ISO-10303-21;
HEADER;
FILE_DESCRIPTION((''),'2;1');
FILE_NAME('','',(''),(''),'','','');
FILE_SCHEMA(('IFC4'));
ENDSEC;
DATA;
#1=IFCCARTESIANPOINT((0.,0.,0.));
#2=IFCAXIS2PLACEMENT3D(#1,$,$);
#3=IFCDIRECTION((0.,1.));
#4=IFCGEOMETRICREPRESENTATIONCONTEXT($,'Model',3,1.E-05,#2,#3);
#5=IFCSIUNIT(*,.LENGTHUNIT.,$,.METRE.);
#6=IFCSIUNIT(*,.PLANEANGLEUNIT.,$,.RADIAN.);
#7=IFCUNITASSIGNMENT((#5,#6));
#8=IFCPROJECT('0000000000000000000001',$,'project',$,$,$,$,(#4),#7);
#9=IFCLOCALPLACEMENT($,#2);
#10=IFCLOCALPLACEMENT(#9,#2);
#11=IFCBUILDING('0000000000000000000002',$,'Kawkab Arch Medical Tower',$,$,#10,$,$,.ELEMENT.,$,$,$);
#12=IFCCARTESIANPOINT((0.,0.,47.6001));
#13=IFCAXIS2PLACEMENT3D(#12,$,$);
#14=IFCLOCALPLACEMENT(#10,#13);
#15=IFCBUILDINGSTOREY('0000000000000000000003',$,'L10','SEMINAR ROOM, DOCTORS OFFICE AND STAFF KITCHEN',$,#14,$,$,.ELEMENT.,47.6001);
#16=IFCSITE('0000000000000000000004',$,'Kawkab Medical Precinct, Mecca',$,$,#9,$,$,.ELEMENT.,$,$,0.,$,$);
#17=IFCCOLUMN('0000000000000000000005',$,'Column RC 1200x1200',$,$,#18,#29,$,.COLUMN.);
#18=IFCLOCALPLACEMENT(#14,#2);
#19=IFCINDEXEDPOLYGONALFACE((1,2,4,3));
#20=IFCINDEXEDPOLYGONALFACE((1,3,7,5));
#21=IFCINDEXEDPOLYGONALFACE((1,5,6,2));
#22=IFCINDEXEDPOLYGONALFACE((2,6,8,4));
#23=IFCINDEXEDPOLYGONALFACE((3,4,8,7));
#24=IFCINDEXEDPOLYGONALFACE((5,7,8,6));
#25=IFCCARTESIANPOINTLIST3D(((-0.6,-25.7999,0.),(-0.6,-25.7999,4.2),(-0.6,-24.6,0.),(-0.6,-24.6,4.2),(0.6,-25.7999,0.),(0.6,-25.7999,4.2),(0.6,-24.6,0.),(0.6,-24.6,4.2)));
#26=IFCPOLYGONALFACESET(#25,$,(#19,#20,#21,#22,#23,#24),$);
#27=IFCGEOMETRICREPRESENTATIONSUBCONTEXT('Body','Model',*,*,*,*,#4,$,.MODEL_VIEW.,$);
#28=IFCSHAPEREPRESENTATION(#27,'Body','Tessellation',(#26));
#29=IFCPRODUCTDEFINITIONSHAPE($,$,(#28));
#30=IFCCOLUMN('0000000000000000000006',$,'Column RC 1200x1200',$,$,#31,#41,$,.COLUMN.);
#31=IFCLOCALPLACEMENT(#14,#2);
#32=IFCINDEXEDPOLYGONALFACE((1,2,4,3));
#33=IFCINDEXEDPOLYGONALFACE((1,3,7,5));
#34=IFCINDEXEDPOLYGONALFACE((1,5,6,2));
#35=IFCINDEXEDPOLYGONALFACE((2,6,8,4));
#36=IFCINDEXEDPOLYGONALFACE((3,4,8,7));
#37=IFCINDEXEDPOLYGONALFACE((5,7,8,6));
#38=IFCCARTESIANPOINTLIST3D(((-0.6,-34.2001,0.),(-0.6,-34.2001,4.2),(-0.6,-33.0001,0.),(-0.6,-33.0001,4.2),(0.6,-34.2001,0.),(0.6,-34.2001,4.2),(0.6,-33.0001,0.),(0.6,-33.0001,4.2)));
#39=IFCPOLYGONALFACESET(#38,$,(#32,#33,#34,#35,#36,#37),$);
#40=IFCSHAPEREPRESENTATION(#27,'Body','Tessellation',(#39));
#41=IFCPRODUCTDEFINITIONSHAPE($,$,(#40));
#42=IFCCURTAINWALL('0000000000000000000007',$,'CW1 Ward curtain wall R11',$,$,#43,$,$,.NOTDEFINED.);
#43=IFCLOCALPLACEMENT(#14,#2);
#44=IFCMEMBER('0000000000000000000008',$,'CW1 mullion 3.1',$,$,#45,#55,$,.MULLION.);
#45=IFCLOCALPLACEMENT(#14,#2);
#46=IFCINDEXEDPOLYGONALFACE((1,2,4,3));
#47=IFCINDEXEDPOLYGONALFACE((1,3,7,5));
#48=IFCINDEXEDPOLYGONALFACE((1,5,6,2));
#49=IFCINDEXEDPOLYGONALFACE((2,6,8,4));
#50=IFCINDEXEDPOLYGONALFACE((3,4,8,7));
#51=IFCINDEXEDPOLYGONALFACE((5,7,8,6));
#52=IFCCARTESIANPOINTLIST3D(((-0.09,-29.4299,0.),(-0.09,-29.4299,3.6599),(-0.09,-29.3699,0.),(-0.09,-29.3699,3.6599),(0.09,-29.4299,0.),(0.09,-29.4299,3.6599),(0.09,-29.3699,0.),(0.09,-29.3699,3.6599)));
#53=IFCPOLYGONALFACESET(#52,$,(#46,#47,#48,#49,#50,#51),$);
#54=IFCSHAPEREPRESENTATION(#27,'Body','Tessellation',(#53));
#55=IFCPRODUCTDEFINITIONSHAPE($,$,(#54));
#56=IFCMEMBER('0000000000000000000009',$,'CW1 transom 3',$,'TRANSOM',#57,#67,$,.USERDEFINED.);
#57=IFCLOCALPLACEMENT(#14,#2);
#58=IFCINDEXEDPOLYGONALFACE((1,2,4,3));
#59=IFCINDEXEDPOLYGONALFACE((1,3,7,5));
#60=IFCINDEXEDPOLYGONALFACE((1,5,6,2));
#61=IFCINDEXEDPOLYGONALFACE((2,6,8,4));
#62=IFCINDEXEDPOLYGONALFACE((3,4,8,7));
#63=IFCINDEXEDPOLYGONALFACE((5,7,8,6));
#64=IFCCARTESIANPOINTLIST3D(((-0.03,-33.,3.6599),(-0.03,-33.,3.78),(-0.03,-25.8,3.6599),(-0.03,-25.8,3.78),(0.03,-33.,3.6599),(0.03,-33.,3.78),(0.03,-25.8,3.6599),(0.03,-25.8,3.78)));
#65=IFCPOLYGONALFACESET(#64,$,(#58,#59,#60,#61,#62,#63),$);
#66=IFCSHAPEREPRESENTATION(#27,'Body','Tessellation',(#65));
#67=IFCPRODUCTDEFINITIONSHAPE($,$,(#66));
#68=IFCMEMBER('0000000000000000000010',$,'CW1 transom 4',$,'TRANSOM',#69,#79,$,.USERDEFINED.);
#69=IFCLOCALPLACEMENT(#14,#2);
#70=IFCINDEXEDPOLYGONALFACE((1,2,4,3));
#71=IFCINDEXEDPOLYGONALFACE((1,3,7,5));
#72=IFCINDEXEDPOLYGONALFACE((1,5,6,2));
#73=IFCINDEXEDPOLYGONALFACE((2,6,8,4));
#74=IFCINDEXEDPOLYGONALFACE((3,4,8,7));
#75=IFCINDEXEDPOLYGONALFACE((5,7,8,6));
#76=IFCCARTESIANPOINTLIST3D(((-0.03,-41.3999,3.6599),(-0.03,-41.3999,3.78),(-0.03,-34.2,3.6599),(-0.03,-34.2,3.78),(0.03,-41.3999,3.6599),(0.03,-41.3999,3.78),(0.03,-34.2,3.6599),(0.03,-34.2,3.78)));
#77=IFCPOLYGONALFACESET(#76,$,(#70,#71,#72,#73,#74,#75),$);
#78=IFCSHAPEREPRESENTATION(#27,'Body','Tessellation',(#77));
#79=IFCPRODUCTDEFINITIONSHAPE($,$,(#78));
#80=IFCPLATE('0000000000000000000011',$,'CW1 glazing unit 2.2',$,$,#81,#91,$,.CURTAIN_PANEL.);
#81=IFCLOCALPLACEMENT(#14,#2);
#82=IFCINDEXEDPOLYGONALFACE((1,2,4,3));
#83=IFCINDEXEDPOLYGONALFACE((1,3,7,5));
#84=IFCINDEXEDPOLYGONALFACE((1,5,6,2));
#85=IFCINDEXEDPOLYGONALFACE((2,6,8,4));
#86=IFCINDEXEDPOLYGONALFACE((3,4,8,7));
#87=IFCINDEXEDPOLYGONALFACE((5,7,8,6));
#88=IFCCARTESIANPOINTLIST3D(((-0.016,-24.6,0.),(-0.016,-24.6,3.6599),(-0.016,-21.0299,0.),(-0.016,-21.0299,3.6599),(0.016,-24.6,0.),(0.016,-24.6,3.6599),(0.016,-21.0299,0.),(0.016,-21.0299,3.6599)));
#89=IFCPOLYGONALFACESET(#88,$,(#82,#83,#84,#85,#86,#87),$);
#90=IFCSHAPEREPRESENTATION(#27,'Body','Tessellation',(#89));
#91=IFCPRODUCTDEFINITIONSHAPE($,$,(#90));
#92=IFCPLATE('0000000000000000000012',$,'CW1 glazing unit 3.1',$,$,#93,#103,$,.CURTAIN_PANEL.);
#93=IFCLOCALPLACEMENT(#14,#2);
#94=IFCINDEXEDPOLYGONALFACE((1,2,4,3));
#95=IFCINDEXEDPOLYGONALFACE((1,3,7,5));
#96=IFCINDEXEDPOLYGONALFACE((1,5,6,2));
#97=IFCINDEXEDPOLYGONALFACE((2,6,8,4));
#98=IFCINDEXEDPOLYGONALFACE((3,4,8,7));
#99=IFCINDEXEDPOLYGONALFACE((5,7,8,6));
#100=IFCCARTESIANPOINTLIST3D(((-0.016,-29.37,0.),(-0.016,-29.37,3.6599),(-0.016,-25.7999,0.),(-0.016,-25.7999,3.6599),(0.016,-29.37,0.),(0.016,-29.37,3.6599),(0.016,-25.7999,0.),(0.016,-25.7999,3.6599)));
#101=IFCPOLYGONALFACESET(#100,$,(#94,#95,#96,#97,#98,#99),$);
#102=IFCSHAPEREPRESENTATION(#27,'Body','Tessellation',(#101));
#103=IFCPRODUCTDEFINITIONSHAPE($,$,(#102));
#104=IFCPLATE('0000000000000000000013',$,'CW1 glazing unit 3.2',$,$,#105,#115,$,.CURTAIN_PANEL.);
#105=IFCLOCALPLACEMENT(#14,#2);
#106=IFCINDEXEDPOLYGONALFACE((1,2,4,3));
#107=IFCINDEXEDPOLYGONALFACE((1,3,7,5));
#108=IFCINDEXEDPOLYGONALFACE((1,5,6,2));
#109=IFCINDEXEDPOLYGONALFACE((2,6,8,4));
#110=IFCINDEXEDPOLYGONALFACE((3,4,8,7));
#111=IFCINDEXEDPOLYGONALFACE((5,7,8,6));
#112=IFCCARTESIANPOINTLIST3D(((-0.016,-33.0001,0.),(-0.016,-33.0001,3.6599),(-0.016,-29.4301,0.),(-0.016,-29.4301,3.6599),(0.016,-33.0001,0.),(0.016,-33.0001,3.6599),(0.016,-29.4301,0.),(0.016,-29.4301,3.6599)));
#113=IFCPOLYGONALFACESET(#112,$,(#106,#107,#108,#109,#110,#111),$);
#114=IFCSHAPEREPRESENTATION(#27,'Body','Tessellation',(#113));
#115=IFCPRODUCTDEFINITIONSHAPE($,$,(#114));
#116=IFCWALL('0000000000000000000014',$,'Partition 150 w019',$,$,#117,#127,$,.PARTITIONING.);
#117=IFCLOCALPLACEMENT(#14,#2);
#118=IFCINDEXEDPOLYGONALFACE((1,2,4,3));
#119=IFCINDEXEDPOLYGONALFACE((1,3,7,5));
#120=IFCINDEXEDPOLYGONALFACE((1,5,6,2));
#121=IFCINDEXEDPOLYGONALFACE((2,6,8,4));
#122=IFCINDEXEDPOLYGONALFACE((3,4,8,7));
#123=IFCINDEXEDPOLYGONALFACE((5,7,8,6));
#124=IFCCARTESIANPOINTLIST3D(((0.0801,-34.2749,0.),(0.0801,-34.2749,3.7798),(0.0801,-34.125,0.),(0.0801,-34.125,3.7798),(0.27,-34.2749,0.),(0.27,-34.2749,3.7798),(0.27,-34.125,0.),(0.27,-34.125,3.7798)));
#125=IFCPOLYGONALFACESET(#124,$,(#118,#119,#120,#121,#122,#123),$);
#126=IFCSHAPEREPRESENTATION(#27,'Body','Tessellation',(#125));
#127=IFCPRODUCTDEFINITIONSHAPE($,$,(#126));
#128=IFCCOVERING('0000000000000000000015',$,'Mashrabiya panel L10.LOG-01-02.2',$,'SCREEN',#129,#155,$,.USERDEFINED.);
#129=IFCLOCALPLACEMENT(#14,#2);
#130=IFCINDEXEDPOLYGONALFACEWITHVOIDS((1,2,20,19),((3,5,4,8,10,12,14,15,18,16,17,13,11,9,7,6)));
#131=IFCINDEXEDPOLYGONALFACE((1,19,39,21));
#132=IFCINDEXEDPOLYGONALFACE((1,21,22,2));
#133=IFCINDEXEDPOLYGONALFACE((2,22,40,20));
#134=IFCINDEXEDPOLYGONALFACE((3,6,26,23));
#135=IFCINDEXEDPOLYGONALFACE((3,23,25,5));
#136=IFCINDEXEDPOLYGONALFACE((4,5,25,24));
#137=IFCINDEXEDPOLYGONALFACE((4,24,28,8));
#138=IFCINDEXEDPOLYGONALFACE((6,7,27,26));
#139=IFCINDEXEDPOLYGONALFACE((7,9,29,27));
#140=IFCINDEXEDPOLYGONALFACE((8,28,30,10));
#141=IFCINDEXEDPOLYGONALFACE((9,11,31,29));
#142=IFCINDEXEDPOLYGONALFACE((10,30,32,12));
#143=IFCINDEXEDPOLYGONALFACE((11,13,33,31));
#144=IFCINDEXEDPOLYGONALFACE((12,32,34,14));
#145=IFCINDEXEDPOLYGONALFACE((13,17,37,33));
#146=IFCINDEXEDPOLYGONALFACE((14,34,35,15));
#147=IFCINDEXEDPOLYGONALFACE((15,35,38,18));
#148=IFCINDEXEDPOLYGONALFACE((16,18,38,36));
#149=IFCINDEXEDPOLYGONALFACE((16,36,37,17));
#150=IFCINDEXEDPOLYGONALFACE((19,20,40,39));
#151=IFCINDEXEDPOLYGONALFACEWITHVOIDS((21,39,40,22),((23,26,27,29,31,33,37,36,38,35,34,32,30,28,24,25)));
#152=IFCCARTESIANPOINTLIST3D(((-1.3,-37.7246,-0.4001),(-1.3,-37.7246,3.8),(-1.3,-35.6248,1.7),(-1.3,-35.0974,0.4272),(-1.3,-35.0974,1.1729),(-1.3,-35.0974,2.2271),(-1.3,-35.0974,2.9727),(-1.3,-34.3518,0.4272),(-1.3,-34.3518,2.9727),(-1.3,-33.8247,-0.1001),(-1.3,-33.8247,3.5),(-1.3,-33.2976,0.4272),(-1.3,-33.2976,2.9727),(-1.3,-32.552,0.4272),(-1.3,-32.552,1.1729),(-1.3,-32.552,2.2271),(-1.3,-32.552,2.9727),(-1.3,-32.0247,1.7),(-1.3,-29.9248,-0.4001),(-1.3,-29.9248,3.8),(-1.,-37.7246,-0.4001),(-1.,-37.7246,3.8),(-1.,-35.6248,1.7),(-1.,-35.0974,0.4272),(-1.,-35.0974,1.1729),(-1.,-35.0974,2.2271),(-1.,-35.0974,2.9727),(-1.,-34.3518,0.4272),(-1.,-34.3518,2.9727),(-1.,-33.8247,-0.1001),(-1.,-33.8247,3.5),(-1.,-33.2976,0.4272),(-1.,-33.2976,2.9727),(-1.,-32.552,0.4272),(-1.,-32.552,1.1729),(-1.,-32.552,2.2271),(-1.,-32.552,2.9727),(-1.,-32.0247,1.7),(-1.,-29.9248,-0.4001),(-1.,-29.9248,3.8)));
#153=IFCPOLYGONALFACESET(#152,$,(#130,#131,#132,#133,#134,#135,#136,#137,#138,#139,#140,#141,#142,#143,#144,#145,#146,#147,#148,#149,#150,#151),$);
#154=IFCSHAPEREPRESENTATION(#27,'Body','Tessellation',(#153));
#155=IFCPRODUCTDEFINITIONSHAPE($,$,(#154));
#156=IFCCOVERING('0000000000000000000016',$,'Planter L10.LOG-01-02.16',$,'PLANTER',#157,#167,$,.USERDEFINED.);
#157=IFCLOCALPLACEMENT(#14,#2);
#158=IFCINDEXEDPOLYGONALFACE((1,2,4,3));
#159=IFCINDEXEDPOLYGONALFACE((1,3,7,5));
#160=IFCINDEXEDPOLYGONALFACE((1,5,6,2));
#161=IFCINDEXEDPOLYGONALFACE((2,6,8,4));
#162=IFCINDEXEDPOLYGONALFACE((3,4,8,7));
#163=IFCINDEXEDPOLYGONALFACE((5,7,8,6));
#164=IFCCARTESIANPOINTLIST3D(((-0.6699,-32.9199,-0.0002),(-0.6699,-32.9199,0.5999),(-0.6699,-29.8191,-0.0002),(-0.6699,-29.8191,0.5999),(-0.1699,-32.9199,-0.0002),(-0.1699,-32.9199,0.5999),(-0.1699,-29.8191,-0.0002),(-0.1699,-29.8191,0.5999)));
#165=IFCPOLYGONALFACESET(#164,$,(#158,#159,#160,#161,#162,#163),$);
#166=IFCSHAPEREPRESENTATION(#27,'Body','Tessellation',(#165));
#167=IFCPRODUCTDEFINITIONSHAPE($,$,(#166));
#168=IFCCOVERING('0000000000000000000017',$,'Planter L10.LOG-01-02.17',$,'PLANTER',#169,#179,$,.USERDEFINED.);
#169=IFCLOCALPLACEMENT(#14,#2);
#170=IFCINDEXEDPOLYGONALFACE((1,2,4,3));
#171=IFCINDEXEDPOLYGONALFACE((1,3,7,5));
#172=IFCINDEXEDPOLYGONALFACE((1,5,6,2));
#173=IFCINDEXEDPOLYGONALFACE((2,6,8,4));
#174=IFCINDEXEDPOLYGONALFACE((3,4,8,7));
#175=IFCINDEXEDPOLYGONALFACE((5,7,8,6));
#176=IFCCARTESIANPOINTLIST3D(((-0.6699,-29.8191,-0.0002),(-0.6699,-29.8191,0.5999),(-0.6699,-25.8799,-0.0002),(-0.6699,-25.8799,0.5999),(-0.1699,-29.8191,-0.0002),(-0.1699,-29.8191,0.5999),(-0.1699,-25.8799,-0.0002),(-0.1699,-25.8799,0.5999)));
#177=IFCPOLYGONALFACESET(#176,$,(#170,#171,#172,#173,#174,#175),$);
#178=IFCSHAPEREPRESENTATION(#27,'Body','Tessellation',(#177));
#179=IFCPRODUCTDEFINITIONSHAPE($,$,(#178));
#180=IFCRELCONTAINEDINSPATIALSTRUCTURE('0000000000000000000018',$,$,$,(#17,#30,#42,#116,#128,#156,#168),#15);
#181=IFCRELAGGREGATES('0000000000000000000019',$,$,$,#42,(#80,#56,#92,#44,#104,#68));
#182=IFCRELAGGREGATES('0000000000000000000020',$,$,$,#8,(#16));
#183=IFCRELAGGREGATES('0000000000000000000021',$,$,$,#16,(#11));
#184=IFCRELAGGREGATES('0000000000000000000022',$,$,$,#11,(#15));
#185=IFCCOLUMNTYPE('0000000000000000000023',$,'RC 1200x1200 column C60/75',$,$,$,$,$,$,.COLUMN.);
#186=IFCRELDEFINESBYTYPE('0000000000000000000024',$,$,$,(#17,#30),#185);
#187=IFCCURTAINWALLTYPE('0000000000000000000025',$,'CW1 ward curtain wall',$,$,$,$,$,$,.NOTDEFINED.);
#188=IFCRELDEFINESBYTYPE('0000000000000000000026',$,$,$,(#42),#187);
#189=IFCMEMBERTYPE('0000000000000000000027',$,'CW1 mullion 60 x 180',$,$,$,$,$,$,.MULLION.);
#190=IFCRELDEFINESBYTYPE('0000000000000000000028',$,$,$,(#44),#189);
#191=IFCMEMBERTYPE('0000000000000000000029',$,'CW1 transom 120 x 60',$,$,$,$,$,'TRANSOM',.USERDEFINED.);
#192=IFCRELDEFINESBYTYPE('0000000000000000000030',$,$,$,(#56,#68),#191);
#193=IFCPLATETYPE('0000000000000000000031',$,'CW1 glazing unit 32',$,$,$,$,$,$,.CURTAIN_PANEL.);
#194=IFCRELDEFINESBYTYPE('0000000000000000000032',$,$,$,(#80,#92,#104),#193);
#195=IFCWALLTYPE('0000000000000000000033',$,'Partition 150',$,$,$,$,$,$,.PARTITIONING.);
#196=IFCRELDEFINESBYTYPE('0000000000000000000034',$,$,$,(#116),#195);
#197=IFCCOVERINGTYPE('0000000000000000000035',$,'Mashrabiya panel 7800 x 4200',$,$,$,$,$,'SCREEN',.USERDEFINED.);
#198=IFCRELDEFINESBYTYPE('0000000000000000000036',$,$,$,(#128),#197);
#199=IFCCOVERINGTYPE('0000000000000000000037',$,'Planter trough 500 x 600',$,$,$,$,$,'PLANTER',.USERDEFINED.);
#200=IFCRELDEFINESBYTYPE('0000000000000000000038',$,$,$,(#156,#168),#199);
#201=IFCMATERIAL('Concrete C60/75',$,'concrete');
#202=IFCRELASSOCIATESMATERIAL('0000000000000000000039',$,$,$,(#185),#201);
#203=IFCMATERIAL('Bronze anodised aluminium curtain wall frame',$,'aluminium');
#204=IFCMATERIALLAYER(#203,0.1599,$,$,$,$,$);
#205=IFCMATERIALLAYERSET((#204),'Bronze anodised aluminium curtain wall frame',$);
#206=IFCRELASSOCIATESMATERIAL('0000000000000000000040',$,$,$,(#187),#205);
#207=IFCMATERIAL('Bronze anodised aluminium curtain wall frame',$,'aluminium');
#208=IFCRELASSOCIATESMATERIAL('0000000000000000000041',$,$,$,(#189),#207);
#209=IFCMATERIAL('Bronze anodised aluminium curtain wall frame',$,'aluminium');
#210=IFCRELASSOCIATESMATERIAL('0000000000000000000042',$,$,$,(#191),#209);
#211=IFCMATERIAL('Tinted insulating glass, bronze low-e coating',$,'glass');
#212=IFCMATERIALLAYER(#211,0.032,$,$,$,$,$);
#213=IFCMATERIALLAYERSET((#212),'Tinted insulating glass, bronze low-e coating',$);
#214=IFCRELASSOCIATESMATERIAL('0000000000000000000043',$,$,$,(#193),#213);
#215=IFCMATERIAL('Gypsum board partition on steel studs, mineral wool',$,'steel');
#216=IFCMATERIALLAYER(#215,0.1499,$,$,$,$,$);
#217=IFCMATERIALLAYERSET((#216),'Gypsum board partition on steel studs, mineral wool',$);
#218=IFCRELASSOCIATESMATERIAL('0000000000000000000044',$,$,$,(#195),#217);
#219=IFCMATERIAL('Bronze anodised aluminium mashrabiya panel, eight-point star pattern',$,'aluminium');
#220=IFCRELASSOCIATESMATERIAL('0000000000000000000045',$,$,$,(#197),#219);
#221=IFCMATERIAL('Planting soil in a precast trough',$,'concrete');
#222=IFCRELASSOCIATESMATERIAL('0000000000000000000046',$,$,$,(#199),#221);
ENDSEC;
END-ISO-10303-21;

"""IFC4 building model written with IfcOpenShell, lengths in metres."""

from ifc_helpers import new_model, si_unit, direction, frame, frame_2d, origin, origin_2d, place, context, subcontext, project, spatial, polyline, rectangle, outline, extrude, material, layer, layer_set, material_profile, profile_set, type_object, element, aggregate, save


model = new_model("IFC4")

# Units and contexts
model_context = context("Model", 3, precision=1e-05, world=origin(), true_north=direction((0.0, 1.0)))
body_context = subcontext(model_context, "Body", "Model", "MODEL_VIEW")
ifc_project = project(units=[si_unit("LENGTHUNIT", "METRE"), si_unit("PLANEANGLEUNIT", "RADIAN")], contexts=[model_context])

# Site, building, storey
site_placement = place(None, origin())
site = spatial("IfcSite", under=ifc_project, at=site_placement, Name="Kawkab Medical Precinct, Mecca", CompositionType="ELEMENT", RefElevation=0.0)
building_placement = place(site_placement, origin())
building = spatial("IfcBuilding", under=site, at=building_placement, Name="Kawkab Arch Medical Tower", CompositionType="ELEMENT")
storey_placement = place(building_placement, frame((0.0, 0.0, 47.6001)))
storey = spatial("IfcBuildingStorey", under=building, at=storey_placement, Name="L10", Description="SEMINAR ROOM, DOCTORS OFFICE AND STAFF KITCHEN", CompositionType="ELEMENT", Elevation=47.6001)

# Columns
ifc_material_1 = material(Name="Concrete C60/75", Category="concrete")
ifc_material_profile_1 = material_profile(ifc_material_1, rectangle(XDim=1.2, YDim=1.2, at=origin_2d()), Name="RC 1200x1200")
ifc_profile_set_1 = profile_set([ifc_material_profile_1], Name="Concrete C60/75")
column_type = type_object("IfcColumnType", Name="RC 1200x1200 column C60/75", PredefinedType="COLUMN", material=ifc_profile_set_1)
for number, where, z_axis, x_axis, name in (
    (1, (0.0, -25.2, 0.0), (0.0, 0.0, 1.0), (1.0, 0.0, 0.0), "Column RC 1200x1200"),
    (2, (0.0, -33.6001, 0.0), (0.0, 0.0, 1.0), (1.0, 0.0, 0.0), "Column RC 1200x1200"),
):
    element("IfcColumn", number, at=place(storey_placement, frame(where, z_axis=z_axis, x_axis=x_axis)), inside=storey, type_object=column_type, Name=name, PredefinedType="COLUMN", context=body_context, shape_type="SweptSolid", body=[
        extrude(rectangle(XDim=1.2, YDim=1.2, at=origin_2d()), origin(), (0.0, 0.0, 1.0), 4.2),
    ])

# Curtain wall, members, plates
ifc_material_2 = material(Name="Bronze anodised aluminium curtain wall frame", Category="aluminium")
ifc_layer_1 = layer(ifc_material_2, 0.1599)
ifc_layer_set_1 = layer_set([ifc_layer_1], Name="Bronze anodised aluminium curtain wall frame")
curtain_wall_type = type_object("IfcCurtainWallType", Name="CW1 ward curtain wall", PredefinedType="NOTDEFINED", material=ifc_layer_set_1)
curtain_wall_placement = place(storey_placement, origin())
curtain_wall = element("IfcCurtainWall", 3, at=curtain_wall_placement, inside=storey, type_object=curtain_wall_type, Name="CW1 Ward curtain wall R11", PredefinedType="NOTDEFINED")
ifc_material_3 = material(Name="Bronze anodised aluminium curtain wall frame", Category="aluminium")
ifc_material_profile_2 = material_profile(ifc_material_3, rectangle(XDim=0.1799, YDim=0.0601, at=origin_2d()), Name="AL 60x180")
ifc_profile_set_2 = profile_set([ifc_material_profile_2], Name="Bronze anodised aluminium curtain wall frame")
member_type_1 = type_object("IfcMemberType", Name="CW1 mullion 60 x 180", PredefinedType="MULLION", material=ifc_profile_set_2)
member_1_placement = place(storey_placement, frame((0.0, -29.3999, 0.0), z_axis=(0.0, 0.0, 1.0), x_axis=(1.0, 0.0, 0.0)))
member_1 = element("IfcMember", 4, at=member_1_placement, type_object=member_type_1, Name="CW1 mullion 3.1", PredefinedType="MULLION", context=body_context, shape_type="SweptSolid", body=[
    extrude(rectangle(XDim=0.1799, YDim=0.0601, at=origin_2d()), origin(), (0.0, 0.0, 1.0), 3.6599),
])
ifc_material_4 = material(Name="Bronze anodised aluminium curtain wall frame", Category="aluminium")
ifc_material_profile_3 = material_profile(ifc_material_4, rectangle(XDim=0.0601, YDim=0.1201, at=origin_2d()), Name="AL 60x120")
ifc_profile_set_3 = profile_set([ifc_material_profile_3], Name="Bronze anodised aluminium curtain wall frame")
member_type_2 = type_object("IfcMemberType", Name="CW1 transom 120 x 60", ElementType="TRANSOM", PredefinedType="USERDEFINED", material=ifc_profile_set_3)
member_2_placement = place(storey_placement, frame((0.0, -25.8, 3.72), z_axis=(0.0, -1.0, 0.0), x_axis=(1.0, 0.0, 0.0)))
member_2 = element("IfcMember", 5, at=member_2_placement, type_object=member_type_2, Name="CW1 transom 3", ObjectType="TRANSOM", PredefinedType="USERDEFINED", context=body_context, shape_type="SweptSolid", body=[
    extrude(rectangle(XDim=0.0601, YDim=0.1201, at=origin_2d()), origin(), (0.0, 0.0, 1.0), 7.2),
])
member_3_placement = place(storey_placement, frame((0.0, -34.2, 3.72), z_axis=(0.0, -1.0, 0.0), x_axis=(1.0, 0.0, 0.0)))
member_3 = element("IfcMember", 6, at=member_3_placement, type_object=member_type_2, Name="CW1 transom 4", ObjectType="TRANSOM", PredefinedType="USERDEFINED", context=body_context, shape_type="SweptSolid", body=[
    extrude(rectangle(XDim=0.0601, YDim=0.1201, at=origin_2d()), origin(), (0.0, 0.0, 1.0), 7.2),
])
ifc_material_5 = material(Name="Tinted insulating glass, bronze low-e coating", Category="glass")
ifc_layer_2 = layer(ifc_material_5, 0.032)
ifc_layer_set_2 = layer_set([ifc_layer_2], Name="Tinted insulating glass, bronze low-e coating")
plate_type = type_object("IfcPlateType", Name="CW1 glazing unit 32", PredefinedType="CURTAIN_PANEL", material=ifc_layer_set_2)
plate_1_placement = place(storey_placement, frame((0.0, -22.8149, 0.0), z_axis=(0.0, 0.0, 1.0), x_axis=(0.0, -1.0, 0.0)))
plate_1 = element("IfcPlate", 7, at=plate_1_placement, type_object=plate_type, Name="CW1 glazing unit 2.2", PredefinedType="CURTAIN_PANEL", context=body_context, shape_type="SweptSolid", body=[
    extrude(rectangle(XDim=3.5701, YDim=0.032, at=origin_2d()), origin(), (0.0, 0.0, 1.0), 3.6599),
])
plate_2_placement = place(storey_placement, frame((0.0, -27.585, 0.0), z_axis=(0.0, 0.0, 1.0), x_axis=(0.0, -1.0, 0.0)))
plate_2 = element("IfcPlate", 8, at=plate_2_placement, type_object=plate_type, Name="CW1 glazing unit 3.1", PredefinedType="CURTAIN_PANEL", context=body_context, shape_type="SweptSolid", body=[
    extrude(rectangle(XDim=3.5701, YDim=0.032, at=origin_2d()), origin(), (0.0, 0.0, 1.0), 3.6599),
])
plate_3_placement = place(storey_placement, frame((0.0, -31.2151, 0.0), z_axis=(0.0, 0.0, 1.0), x_axis=(0.0, -1.0, 0.0)))
plate_3 = element("IfcPlate", 9, at=plate_3_placement, type_object=plate_type, Name="CW1 glazing unit 3.2", PredefinedType="CURTAIN_PANEL", context=body_context, shape_type="SweptSolid", body=[
    extrude(rectangle(XDim=3.5701, YDim=0.032, at=origin_2d()), origin(), (0.0, 0.0, 1.0), 3.6599),
])
aggregate(curtain_wall, [plate_1, member_2, plate_2, member_1, plate_3, member_3])

# Wall
ifc_material_6 = material(Name="Gypsum board partition on steel studs, mineral wool", Category="steel")
ifc_layer_3 = layer(ifc_material_6, 0.1499)
ifc_layer_set_3 = layer_set([ifc_layer_3], Name="Gypsum board partition on steel studs, mineral wool")
wall_type = type_object("IfcWallType", Name="Partition 150", PredefinedType="PARTITIONING", material=ifc_layer_set_3)
wall_placement = place(storey_placement, frame((0.0801, -34.2, 0.0), z_axis=(0.0, 0.0, 1.0), x_axis=(1.0, 0.0, 0.0)))
element("IfcWall", 10, at=wall_placement, inside=storey, type_object=wall_type, Name="Partition 150 w019", PredefinedType="PARTITIONING", context=body_context, shape_type="SweptSolid", body=[
    extrude(rectangle(XDim=0.1899, YDim=0.1499, at=frame_2d((0.095, 0.0))), origin(), (0.0, 0.0, 1.0), 3.7798),
])

# Coverings
ifc_material_7 = material(Name="Bronze anodised aluminium mashrabiya panel, eight-point star pattern", Category="aluminium")
ifc_material_profile_4 = material_profile(ifc_material_7, outline(polyline([(-3.8999, -2.1001), (3.8999, -2.1001), (3.8999, 2.1001), (-3.8999, 2.1001), (-3.8999, -2.1001)]), holes=[polyline([(1.8, 0.0), (1.2727, 0.5271), (1.2727, 1.2727), (0.5271, 1.2727), (0.0, 1.8), (-0.5271, 1.2727), (-1.2727, 1.2727), (-1.2727, 0.5271), (-1.8, 0.0), (-1.2727, -0.5271), (-1.2727, -1.2727), (-0.5271, -1.2727), (0.0, -1.8), (0.5271, -1.2727), (1.2727, -1.2727), (1.2727, -0.5271), (1.8, 0.0)])]), Name="Mashrabiya panel 7800x4200")
ifc_profile_set_4 = profile_set([ifc_material_profile_4], Name="Bronze anodised aluminium mashrabiya panel, eight-point star pattern")
covering_type_1 = type_object("IfcCoveringType", Name="Mashrabiya panel 7800 x 4200", ElementType="SCREEN", PredefinedType="USERDEFINED", material=ifc_profile_set_4)
covering_1_placement = place(storey_placement, frame((-1.0, -33.8247, 1.7), z_axis=(-1.0, 0.0, 0.0), x_axis=(0.0, -1.0, 0.0)))
element("IfcCovering", 11, at=covering_1_placement, inside=storey, type_object=covering_type_1, Name="Mashrabiya panel L10.LOG-01-02.2", ObjectType="SCREEN", PredefinedType="USERDEFINED", context=body_context, shape_type="SweptSolid", body=[
    extrude(outline(polyline([(-3.8999, -2.1001), (3.8999, -2.1001), (3.8999, 2.1001), (-3.8999, 2.1001), (-3.8999, -2.1001)]), holes=[polyline([(1.8, 0.0), (1.2727, 0.5271), (1.2727, 1.2727), (0.5271, 1.2727), (0.0, 1.8), (-0.5271, 1.2727), (-1.2727, 1.2727), (-1.2727, 0.5271), (-1.8, 0.0), (-1.2727, -0.5271), (-1.2727, -1.2727), (-0.5271, -1.2727), (0.0, -1.8), (0.5271, -1.2727), (1.2727, -1.2727), (1.2727, -0.5271), (1.8, 0.0)])]), origin(), (0.0, 0.0, 1.0), 0.3),
])
ifc_material_8 = material(Name="Planting soil in a precast trough", Category="concrete")
ifc_material_profile_5 = material_profile(ifc_material_8, rectangle(XDim=0.5, YDim=0.6001, at=origin_2d()), Name="Trough 500x600")
ifc_profile_set_5 = profile_set([ifc_material_profile_5], Name="Planting soil in a precast trough")
covering_type_2 = type_object("IfcCoveringType", Name="Planter trough 500 x 600", ElementType="PLANTER", PredefinedType="USERDEFINED", material=ifc_profile_set_5)
covering_2_placement = place(storey_placement, frame((-0.4199, -32.9199, 0.2998), z_axis=(0.0, 1.0, 0.0), x_axis=(-1.0, 0.0, 0.0)))
element("IfcCovering", 12, at=covering_2_placement, inside=storey, type_object=covering_type_2, Name="Planter L10.LOG-01-02.16", ObjectType="PLANTER", PredefinedType="USERDEFINED", context=body_context, shape_type="SweptSolid", body=[
    extrude(rectangle(XDim=0.5, YDim=0.6001, at=origin_2d()), origin(), (0.0, 0.0, 1.0), 3.1008),
])
covering_3_placement = place(storey_placement, frame((-0.4199, -29.8191, 0.2998), z_axis=(0.0, 1.0, 0.0), x_axis=(-1.0, 0.0, 0.0)))
element("IfcCovering", 13, at=covering_3_placement, inside=storey, type_object=covering_type_2, Name="Planter L10.LOG-01-02.17", ObjectType="PLANTER", PredefinedType="USERDEFINED", context=body_context, shape_type="SweptSolid", body=[
    extrude(rectangle(XDim=0.5, YDim=0.6001, at=origin_2d()), origin(), (0.0, 0.0, 1.0), 3.9392),
])

save(model, "model.ifc")
